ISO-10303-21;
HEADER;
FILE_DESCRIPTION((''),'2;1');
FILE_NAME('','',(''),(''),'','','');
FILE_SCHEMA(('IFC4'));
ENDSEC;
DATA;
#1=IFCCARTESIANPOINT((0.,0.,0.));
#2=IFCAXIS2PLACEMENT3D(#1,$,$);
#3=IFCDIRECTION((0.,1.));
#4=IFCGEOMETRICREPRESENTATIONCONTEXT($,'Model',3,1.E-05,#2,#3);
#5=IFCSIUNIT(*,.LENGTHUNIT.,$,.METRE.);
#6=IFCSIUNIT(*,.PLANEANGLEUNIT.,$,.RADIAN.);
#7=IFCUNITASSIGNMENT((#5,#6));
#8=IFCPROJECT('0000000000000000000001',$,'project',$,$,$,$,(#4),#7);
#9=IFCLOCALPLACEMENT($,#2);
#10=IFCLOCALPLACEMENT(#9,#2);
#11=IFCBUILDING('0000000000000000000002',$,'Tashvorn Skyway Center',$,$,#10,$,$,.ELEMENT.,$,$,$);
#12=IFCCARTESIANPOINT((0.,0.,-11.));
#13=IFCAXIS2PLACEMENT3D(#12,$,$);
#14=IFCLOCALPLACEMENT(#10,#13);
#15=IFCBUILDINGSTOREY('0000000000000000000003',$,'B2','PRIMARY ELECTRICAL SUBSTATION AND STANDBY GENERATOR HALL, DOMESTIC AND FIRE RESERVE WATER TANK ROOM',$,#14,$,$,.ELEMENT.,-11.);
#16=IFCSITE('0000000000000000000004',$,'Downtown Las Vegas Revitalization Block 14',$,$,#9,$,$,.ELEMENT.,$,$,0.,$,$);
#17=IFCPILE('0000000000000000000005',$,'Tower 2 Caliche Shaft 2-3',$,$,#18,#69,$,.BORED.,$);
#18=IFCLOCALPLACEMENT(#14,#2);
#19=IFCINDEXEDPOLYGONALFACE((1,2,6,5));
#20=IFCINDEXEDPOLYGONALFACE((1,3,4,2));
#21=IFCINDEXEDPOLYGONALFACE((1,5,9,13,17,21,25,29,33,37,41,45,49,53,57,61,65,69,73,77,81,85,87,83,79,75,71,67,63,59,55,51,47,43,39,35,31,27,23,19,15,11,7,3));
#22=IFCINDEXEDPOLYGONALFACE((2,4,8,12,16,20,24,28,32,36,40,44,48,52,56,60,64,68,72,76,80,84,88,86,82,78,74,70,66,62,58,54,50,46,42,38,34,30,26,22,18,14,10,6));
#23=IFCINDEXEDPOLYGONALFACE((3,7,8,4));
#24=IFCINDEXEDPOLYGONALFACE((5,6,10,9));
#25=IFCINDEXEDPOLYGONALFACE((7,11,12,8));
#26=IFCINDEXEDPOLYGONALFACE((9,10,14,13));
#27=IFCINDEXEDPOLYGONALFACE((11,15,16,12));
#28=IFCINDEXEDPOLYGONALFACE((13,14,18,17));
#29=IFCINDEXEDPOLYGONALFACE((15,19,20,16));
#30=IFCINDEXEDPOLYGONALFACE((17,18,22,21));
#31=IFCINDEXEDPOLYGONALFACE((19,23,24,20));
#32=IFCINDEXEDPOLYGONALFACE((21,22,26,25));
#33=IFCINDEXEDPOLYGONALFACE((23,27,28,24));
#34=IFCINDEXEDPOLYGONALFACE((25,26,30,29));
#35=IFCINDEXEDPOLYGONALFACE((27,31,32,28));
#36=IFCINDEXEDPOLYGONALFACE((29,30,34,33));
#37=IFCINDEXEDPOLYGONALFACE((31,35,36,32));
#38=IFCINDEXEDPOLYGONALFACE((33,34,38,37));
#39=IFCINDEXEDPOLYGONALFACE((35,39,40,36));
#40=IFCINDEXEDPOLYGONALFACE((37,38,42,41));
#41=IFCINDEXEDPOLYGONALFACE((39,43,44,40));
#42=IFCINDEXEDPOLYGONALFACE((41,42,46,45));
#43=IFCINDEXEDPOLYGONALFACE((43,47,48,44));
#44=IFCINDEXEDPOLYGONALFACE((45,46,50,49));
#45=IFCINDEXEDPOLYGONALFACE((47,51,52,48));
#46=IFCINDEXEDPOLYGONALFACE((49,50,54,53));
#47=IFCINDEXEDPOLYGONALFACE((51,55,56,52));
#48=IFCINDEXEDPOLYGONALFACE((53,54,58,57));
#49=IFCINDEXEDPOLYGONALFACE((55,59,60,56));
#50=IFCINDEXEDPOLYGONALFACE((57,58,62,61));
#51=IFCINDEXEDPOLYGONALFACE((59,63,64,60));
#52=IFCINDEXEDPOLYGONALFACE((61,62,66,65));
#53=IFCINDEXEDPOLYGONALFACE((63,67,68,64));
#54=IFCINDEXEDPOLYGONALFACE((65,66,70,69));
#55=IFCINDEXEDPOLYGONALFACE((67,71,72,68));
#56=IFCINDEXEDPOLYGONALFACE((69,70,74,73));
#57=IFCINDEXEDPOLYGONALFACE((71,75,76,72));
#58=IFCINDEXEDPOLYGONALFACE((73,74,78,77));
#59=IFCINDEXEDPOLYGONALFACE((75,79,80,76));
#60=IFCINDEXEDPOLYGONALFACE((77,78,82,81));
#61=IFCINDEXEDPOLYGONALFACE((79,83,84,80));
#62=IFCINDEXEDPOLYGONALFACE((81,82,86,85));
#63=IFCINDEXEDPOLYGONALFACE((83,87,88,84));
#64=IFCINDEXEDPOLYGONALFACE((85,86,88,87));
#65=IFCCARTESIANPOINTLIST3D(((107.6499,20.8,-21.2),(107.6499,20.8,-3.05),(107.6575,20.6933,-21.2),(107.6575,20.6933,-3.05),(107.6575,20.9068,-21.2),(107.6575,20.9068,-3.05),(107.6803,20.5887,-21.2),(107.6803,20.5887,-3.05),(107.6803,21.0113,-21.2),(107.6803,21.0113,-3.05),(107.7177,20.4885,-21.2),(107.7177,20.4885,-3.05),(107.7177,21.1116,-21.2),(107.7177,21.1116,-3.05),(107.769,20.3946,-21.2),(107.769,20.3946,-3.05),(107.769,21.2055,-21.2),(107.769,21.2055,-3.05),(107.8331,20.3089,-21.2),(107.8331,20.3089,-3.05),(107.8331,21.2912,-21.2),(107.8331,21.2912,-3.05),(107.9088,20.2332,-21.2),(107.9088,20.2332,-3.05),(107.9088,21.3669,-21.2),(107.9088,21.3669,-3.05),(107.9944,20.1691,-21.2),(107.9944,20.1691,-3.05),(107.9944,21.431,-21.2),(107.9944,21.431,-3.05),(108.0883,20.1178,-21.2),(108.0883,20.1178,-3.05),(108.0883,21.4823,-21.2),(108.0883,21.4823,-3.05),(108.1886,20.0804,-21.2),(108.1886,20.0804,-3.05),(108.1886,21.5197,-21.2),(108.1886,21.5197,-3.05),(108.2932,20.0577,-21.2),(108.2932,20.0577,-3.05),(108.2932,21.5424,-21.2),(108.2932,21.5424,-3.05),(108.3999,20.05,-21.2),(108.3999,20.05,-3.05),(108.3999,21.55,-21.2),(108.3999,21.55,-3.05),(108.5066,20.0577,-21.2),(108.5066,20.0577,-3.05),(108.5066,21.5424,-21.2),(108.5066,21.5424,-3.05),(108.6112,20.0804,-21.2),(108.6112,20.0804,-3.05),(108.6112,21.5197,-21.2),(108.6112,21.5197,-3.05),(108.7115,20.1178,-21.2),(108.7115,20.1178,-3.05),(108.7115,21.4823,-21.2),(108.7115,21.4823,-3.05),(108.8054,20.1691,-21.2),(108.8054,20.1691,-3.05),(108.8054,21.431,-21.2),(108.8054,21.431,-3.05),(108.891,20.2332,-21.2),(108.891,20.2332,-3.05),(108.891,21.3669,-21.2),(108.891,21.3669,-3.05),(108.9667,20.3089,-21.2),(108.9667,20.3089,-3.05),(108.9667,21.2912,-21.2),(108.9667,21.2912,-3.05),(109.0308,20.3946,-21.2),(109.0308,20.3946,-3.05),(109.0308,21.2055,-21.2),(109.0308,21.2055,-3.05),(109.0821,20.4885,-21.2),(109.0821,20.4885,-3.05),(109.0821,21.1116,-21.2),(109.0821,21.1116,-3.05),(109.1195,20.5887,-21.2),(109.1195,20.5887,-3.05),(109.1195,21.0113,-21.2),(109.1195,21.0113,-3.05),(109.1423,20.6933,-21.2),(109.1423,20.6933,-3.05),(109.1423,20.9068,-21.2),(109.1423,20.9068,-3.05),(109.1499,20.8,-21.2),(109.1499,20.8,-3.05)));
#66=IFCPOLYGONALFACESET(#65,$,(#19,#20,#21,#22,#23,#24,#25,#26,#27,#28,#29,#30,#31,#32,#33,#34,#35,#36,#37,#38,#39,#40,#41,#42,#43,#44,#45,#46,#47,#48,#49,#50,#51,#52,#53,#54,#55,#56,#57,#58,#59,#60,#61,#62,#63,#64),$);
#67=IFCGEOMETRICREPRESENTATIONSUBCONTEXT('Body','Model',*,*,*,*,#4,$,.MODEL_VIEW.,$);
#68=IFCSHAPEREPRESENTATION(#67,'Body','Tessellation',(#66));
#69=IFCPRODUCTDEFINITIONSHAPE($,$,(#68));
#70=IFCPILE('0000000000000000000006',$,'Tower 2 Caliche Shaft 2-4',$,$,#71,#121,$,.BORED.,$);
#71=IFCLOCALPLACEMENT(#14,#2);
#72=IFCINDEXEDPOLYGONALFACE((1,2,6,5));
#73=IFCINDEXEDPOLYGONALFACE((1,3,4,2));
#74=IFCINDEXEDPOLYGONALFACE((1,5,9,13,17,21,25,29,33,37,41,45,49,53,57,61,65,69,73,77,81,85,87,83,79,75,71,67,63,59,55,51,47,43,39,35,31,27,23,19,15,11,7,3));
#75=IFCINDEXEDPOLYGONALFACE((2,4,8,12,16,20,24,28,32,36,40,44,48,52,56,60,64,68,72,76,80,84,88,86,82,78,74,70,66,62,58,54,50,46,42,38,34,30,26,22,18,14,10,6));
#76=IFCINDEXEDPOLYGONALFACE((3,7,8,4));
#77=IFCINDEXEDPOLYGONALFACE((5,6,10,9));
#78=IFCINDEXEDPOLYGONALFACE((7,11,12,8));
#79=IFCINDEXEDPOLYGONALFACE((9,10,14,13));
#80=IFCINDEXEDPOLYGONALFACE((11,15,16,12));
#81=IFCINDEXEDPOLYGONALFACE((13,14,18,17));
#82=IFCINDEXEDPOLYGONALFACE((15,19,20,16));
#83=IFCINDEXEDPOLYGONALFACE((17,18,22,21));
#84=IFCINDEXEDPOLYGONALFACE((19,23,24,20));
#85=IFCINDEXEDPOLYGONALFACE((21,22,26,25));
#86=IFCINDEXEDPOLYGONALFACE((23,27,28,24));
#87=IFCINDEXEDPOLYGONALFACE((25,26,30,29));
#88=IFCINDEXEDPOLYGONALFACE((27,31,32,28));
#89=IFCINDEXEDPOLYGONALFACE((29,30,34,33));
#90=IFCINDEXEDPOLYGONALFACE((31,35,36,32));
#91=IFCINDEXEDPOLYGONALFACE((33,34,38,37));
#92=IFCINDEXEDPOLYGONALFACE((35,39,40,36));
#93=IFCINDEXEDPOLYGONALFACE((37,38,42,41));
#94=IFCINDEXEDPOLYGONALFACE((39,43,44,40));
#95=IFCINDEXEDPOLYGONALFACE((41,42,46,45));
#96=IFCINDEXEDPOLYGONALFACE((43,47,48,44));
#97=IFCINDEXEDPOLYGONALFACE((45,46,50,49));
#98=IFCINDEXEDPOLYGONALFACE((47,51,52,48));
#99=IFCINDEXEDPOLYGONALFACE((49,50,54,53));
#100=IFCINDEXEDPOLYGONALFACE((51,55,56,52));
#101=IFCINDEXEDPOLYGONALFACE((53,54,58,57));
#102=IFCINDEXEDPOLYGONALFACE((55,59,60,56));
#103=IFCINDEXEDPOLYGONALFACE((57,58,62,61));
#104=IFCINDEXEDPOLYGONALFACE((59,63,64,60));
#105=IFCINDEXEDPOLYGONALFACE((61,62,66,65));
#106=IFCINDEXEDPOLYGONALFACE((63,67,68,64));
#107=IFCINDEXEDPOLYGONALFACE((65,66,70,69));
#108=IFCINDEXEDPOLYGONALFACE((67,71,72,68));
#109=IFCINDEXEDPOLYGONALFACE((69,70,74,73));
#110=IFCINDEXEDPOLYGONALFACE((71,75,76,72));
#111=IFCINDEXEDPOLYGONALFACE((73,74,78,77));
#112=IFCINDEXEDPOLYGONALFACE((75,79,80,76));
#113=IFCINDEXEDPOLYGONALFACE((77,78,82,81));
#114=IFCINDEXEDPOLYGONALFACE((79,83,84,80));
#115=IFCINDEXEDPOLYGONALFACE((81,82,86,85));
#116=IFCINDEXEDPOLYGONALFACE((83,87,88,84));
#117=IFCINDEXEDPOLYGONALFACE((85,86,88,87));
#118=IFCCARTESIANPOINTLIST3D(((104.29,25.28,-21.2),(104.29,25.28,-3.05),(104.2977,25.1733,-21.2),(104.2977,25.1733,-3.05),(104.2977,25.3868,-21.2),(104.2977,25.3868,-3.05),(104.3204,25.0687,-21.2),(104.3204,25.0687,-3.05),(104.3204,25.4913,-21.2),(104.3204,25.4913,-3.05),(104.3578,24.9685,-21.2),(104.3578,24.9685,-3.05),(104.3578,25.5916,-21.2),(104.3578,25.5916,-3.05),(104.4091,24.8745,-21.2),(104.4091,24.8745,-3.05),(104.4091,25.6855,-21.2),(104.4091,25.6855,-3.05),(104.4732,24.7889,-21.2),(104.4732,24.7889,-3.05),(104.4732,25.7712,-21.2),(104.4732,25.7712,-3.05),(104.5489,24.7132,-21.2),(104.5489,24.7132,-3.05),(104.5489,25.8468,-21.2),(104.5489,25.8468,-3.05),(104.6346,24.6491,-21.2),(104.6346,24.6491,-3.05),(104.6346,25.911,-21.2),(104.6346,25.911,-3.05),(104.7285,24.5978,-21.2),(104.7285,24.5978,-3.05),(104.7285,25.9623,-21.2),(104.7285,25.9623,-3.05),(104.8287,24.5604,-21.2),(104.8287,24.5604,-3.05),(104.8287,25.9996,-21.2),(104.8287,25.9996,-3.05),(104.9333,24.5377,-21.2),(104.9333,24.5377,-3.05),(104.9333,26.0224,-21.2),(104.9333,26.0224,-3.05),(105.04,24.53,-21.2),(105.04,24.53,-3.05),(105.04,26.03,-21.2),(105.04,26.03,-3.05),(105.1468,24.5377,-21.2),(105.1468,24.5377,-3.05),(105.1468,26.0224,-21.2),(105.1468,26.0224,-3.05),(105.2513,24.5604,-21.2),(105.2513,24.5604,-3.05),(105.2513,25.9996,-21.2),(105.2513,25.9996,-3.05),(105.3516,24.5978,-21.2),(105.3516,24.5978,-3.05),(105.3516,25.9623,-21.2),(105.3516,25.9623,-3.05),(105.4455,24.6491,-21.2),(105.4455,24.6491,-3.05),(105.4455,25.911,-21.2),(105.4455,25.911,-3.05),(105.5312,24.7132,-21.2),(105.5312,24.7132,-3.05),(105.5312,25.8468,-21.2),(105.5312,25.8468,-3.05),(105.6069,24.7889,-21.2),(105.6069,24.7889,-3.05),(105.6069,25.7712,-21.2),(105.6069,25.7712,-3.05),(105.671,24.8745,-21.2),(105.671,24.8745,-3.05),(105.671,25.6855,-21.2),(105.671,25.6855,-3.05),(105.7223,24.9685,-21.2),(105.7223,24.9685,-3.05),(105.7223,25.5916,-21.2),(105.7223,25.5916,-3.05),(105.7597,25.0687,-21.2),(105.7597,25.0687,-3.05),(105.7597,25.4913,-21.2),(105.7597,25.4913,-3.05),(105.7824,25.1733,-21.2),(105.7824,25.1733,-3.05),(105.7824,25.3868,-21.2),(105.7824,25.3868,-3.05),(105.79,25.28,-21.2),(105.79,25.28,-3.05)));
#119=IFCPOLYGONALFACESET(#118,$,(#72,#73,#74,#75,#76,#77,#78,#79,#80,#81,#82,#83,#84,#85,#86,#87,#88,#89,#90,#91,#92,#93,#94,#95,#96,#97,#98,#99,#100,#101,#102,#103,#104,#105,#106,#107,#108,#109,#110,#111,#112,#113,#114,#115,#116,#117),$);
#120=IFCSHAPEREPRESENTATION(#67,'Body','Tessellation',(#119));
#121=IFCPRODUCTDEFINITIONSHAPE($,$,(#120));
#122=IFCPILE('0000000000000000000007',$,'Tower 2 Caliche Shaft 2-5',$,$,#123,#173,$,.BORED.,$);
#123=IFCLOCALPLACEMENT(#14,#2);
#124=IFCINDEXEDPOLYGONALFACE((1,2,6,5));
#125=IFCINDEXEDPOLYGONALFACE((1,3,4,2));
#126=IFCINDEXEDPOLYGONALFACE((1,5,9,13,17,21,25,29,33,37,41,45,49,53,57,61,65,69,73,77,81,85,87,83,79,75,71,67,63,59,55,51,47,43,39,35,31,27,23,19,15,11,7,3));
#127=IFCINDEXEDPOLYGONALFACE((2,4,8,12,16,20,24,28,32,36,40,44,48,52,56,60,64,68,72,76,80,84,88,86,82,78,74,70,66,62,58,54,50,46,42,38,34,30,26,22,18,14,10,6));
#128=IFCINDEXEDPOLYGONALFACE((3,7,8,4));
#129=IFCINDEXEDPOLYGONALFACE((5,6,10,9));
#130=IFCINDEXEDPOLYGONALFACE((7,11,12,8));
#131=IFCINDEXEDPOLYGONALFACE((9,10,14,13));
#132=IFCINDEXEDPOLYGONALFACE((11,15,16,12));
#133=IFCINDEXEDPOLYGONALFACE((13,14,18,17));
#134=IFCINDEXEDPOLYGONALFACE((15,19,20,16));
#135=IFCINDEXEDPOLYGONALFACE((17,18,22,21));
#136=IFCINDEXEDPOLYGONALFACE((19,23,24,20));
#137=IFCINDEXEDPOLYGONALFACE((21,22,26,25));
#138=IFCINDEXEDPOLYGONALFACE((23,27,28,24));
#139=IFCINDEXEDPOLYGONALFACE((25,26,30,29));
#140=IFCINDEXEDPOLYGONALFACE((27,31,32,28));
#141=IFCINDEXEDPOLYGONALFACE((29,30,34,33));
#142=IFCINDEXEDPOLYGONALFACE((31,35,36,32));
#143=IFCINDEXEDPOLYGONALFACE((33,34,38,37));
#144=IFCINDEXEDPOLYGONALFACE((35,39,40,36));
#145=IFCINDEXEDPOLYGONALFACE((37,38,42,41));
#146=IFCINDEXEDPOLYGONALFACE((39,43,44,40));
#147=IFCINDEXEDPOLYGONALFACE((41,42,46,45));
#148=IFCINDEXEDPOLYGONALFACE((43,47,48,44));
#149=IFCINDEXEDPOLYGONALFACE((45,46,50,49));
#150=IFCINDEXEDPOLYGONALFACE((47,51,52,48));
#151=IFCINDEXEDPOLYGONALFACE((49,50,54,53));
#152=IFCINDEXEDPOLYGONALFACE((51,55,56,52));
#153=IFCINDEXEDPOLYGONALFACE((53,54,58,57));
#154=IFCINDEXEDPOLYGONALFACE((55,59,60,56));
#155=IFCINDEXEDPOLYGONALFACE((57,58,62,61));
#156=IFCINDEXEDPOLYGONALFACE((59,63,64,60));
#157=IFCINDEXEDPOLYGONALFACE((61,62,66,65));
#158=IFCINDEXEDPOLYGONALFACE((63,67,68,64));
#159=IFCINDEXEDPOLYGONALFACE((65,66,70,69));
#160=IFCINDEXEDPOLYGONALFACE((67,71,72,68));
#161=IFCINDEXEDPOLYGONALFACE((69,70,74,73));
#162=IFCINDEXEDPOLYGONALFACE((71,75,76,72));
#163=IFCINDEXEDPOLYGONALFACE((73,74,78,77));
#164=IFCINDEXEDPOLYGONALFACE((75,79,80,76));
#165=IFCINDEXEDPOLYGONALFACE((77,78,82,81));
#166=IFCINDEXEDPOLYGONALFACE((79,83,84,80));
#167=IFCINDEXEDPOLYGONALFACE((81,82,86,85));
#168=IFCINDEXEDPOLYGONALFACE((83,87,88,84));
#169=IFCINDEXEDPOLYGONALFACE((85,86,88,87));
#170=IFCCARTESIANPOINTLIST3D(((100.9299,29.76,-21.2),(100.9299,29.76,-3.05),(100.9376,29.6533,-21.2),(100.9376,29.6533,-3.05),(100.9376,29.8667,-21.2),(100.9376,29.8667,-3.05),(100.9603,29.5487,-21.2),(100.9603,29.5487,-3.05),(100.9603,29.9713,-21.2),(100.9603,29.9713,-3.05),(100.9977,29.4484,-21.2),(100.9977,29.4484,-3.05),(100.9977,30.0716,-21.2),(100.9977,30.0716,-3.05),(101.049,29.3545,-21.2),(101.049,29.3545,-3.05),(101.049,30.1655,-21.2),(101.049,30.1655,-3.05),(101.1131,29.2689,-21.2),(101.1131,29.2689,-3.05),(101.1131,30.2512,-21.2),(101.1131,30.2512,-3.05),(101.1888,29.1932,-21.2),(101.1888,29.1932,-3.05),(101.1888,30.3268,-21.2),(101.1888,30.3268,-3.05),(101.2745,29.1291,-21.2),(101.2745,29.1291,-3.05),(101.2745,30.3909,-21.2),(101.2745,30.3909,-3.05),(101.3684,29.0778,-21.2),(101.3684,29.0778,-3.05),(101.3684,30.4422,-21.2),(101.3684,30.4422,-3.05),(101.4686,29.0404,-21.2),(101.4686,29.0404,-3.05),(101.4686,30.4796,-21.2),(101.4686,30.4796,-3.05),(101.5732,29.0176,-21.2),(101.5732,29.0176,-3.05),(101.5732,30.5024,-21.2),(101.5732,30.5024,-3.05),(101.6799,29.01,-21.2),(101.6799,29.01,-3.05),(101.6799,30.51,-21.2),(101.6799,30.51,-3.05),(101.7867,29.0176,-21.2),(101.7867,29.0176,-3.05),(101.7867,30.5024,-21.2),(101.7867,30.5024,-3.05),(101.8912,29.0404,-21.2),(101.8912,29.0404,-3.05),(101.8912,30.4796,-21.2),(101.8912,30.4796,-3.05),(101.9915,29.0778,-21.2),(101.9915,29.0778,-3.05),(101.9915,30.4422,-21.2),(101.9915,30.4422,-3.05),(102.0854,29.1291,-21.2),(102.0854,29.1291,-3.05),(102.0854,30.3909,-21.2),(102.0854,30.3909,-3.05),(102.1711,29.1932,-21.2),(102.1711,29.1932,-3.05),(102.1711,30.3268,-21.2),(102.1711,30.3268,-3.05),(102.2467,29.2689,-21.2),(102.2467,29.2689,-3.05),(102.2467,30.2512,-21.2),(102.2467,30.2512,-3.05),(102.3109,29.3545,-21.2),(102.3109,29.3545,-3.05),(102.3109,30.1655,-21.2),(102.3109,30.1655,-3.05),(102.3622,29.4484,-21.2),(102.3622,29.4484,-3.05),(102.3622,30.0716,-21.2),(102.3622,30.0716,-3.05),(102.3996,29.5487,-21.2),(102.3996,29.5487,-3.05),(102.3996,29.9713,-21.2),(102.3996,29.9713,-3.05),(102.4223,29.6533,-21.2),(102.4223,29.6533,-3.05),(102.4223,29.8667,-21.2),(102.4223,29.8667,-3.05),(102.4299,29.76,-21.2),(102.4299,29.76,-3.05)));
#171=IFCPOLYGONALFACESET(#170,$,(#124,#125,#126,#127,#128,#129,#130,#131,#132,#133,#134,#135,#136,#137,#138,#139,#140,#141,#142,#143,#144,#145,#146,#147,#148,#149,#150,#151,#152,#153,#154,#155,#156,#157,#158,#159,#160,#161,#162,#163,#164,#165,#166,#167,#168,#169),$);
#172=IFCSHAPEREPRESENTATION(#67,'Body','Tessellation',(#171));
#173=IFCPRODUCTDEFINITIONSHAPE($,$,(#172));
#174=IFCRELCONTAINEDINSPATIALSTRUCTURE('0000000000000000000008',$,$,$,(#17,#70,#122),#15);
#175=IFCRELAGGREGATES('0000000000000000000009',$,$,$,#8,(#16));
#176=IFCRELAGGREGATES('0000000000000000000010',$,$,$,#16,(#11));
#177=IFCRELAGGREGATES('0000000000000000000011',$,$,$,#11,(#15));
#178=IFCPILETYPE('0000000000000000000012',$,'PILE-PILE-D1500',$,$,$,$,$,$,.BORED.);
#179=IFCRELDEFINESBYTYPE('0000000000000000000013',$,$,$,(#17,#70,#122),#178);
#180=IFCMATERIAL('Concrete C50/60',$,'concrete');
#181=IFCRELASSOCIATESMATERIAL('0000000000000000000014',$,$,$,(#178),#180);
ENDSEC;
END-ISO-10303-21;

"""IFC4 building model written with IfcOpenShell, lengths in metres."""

from ifc_helpers import new_model, si_unit, direction, frame, origin, origin_2d, place, context, subcontext, project, spatial, circle, extrude, material, material_profile, profile_set, type_object, element, save


model = new_model("IFC4")

# Units and contexts
model_context = context("Model", 3, precision=1e-05, world=origin(), true_north=direction((0.0, 1.0)))
body_context = subcontext(model_context, "Body", "Model", "MODEL_VIEW")
ifc_project = project(units=[si_unit("LENGTHUNIT", "METRE"), si_unit("PLANEANGLEUNIT", "RADIAN")], contexts=[model_context])

# Site, building, storey
site_placement = place(None, origin())
site = spatial("IfcSite", under=ifc_project, at=site_placement, Name="Downtown Las Vegas Revitalization Block 14", CompositionType="ELEMENT", RefElevation=0.0)
building_placement = place(site_placement, origin())
building = spatial("IfcBuilding", under=site, at=building_placement, Name="Tashvorn Skyway Center", CompositionType="ELEMENT")
storey_placement = place(building_placement, frame((0.0, 0.0, -11.0)))
storey = spatial("IfcBuildingStorey", under=building, at=storey_placement, Name="B2", Description="PRIMARY ELECTRICAL SUBSTATION AND STANDBY GENERATOR HALL, DOMESTIC AND FIRE RESERVE WATER TANK ROOM", CompositionType="ELEMENT", Elevation=-11.0)

# Piles
ifc_material_1 = material(Name="Concrete C50/60", Category="concrete")
ifc_material_profile_1 = material_profile(ifc_material_1, circle(Radius=0.75, at=origin_2d()), Name="PILE-D1500")
ifc_profile_set_1 = profile_set([ifc_material_profile_1], Name="Concrete C50/60")
pile_type_1 = type_object("IfcPileType", Name="PILE-PILE-D1500", PredefinedType="BORED", material=ifc_profile_set_1)
for number, where, z_axis, x_axis, name in (
    (1, (108.3999, 20.8, -3.05), (0.0, 0.0, -1.0), (1.0, 0.0, 0.0), "Tower 2 Caliche Shaft 2-3"),
    (2, (105.04, 25.28, -3.05), (0.0, 0.0, -1.0), (1.0, 0.0, 0.0), "Tower 2 Caliche Shaft 2-4"),
    (3, (101.6799, 29.76, -3.05), (0.0, 0.0, -1.0), (1.0, 0.0, 0.0), "Tower 2 Caliche Shaft 2-5"),
):
    element("IfcPile", number, at=place(storey_placement, frame(where, z_axis=z_axis, x_axis=x_axis)), inside=storey, type_object=pile_type_1, Name=name, PredefinedType="BORED", context=body_context, shape_type="SweptSolid", body=[
        extrude(circle(Radius=0.75, at=origin_2d()), origin(), (0.0, 0.0, 1.0), 18.1499),
    ])

save(model, "model.ifc")
